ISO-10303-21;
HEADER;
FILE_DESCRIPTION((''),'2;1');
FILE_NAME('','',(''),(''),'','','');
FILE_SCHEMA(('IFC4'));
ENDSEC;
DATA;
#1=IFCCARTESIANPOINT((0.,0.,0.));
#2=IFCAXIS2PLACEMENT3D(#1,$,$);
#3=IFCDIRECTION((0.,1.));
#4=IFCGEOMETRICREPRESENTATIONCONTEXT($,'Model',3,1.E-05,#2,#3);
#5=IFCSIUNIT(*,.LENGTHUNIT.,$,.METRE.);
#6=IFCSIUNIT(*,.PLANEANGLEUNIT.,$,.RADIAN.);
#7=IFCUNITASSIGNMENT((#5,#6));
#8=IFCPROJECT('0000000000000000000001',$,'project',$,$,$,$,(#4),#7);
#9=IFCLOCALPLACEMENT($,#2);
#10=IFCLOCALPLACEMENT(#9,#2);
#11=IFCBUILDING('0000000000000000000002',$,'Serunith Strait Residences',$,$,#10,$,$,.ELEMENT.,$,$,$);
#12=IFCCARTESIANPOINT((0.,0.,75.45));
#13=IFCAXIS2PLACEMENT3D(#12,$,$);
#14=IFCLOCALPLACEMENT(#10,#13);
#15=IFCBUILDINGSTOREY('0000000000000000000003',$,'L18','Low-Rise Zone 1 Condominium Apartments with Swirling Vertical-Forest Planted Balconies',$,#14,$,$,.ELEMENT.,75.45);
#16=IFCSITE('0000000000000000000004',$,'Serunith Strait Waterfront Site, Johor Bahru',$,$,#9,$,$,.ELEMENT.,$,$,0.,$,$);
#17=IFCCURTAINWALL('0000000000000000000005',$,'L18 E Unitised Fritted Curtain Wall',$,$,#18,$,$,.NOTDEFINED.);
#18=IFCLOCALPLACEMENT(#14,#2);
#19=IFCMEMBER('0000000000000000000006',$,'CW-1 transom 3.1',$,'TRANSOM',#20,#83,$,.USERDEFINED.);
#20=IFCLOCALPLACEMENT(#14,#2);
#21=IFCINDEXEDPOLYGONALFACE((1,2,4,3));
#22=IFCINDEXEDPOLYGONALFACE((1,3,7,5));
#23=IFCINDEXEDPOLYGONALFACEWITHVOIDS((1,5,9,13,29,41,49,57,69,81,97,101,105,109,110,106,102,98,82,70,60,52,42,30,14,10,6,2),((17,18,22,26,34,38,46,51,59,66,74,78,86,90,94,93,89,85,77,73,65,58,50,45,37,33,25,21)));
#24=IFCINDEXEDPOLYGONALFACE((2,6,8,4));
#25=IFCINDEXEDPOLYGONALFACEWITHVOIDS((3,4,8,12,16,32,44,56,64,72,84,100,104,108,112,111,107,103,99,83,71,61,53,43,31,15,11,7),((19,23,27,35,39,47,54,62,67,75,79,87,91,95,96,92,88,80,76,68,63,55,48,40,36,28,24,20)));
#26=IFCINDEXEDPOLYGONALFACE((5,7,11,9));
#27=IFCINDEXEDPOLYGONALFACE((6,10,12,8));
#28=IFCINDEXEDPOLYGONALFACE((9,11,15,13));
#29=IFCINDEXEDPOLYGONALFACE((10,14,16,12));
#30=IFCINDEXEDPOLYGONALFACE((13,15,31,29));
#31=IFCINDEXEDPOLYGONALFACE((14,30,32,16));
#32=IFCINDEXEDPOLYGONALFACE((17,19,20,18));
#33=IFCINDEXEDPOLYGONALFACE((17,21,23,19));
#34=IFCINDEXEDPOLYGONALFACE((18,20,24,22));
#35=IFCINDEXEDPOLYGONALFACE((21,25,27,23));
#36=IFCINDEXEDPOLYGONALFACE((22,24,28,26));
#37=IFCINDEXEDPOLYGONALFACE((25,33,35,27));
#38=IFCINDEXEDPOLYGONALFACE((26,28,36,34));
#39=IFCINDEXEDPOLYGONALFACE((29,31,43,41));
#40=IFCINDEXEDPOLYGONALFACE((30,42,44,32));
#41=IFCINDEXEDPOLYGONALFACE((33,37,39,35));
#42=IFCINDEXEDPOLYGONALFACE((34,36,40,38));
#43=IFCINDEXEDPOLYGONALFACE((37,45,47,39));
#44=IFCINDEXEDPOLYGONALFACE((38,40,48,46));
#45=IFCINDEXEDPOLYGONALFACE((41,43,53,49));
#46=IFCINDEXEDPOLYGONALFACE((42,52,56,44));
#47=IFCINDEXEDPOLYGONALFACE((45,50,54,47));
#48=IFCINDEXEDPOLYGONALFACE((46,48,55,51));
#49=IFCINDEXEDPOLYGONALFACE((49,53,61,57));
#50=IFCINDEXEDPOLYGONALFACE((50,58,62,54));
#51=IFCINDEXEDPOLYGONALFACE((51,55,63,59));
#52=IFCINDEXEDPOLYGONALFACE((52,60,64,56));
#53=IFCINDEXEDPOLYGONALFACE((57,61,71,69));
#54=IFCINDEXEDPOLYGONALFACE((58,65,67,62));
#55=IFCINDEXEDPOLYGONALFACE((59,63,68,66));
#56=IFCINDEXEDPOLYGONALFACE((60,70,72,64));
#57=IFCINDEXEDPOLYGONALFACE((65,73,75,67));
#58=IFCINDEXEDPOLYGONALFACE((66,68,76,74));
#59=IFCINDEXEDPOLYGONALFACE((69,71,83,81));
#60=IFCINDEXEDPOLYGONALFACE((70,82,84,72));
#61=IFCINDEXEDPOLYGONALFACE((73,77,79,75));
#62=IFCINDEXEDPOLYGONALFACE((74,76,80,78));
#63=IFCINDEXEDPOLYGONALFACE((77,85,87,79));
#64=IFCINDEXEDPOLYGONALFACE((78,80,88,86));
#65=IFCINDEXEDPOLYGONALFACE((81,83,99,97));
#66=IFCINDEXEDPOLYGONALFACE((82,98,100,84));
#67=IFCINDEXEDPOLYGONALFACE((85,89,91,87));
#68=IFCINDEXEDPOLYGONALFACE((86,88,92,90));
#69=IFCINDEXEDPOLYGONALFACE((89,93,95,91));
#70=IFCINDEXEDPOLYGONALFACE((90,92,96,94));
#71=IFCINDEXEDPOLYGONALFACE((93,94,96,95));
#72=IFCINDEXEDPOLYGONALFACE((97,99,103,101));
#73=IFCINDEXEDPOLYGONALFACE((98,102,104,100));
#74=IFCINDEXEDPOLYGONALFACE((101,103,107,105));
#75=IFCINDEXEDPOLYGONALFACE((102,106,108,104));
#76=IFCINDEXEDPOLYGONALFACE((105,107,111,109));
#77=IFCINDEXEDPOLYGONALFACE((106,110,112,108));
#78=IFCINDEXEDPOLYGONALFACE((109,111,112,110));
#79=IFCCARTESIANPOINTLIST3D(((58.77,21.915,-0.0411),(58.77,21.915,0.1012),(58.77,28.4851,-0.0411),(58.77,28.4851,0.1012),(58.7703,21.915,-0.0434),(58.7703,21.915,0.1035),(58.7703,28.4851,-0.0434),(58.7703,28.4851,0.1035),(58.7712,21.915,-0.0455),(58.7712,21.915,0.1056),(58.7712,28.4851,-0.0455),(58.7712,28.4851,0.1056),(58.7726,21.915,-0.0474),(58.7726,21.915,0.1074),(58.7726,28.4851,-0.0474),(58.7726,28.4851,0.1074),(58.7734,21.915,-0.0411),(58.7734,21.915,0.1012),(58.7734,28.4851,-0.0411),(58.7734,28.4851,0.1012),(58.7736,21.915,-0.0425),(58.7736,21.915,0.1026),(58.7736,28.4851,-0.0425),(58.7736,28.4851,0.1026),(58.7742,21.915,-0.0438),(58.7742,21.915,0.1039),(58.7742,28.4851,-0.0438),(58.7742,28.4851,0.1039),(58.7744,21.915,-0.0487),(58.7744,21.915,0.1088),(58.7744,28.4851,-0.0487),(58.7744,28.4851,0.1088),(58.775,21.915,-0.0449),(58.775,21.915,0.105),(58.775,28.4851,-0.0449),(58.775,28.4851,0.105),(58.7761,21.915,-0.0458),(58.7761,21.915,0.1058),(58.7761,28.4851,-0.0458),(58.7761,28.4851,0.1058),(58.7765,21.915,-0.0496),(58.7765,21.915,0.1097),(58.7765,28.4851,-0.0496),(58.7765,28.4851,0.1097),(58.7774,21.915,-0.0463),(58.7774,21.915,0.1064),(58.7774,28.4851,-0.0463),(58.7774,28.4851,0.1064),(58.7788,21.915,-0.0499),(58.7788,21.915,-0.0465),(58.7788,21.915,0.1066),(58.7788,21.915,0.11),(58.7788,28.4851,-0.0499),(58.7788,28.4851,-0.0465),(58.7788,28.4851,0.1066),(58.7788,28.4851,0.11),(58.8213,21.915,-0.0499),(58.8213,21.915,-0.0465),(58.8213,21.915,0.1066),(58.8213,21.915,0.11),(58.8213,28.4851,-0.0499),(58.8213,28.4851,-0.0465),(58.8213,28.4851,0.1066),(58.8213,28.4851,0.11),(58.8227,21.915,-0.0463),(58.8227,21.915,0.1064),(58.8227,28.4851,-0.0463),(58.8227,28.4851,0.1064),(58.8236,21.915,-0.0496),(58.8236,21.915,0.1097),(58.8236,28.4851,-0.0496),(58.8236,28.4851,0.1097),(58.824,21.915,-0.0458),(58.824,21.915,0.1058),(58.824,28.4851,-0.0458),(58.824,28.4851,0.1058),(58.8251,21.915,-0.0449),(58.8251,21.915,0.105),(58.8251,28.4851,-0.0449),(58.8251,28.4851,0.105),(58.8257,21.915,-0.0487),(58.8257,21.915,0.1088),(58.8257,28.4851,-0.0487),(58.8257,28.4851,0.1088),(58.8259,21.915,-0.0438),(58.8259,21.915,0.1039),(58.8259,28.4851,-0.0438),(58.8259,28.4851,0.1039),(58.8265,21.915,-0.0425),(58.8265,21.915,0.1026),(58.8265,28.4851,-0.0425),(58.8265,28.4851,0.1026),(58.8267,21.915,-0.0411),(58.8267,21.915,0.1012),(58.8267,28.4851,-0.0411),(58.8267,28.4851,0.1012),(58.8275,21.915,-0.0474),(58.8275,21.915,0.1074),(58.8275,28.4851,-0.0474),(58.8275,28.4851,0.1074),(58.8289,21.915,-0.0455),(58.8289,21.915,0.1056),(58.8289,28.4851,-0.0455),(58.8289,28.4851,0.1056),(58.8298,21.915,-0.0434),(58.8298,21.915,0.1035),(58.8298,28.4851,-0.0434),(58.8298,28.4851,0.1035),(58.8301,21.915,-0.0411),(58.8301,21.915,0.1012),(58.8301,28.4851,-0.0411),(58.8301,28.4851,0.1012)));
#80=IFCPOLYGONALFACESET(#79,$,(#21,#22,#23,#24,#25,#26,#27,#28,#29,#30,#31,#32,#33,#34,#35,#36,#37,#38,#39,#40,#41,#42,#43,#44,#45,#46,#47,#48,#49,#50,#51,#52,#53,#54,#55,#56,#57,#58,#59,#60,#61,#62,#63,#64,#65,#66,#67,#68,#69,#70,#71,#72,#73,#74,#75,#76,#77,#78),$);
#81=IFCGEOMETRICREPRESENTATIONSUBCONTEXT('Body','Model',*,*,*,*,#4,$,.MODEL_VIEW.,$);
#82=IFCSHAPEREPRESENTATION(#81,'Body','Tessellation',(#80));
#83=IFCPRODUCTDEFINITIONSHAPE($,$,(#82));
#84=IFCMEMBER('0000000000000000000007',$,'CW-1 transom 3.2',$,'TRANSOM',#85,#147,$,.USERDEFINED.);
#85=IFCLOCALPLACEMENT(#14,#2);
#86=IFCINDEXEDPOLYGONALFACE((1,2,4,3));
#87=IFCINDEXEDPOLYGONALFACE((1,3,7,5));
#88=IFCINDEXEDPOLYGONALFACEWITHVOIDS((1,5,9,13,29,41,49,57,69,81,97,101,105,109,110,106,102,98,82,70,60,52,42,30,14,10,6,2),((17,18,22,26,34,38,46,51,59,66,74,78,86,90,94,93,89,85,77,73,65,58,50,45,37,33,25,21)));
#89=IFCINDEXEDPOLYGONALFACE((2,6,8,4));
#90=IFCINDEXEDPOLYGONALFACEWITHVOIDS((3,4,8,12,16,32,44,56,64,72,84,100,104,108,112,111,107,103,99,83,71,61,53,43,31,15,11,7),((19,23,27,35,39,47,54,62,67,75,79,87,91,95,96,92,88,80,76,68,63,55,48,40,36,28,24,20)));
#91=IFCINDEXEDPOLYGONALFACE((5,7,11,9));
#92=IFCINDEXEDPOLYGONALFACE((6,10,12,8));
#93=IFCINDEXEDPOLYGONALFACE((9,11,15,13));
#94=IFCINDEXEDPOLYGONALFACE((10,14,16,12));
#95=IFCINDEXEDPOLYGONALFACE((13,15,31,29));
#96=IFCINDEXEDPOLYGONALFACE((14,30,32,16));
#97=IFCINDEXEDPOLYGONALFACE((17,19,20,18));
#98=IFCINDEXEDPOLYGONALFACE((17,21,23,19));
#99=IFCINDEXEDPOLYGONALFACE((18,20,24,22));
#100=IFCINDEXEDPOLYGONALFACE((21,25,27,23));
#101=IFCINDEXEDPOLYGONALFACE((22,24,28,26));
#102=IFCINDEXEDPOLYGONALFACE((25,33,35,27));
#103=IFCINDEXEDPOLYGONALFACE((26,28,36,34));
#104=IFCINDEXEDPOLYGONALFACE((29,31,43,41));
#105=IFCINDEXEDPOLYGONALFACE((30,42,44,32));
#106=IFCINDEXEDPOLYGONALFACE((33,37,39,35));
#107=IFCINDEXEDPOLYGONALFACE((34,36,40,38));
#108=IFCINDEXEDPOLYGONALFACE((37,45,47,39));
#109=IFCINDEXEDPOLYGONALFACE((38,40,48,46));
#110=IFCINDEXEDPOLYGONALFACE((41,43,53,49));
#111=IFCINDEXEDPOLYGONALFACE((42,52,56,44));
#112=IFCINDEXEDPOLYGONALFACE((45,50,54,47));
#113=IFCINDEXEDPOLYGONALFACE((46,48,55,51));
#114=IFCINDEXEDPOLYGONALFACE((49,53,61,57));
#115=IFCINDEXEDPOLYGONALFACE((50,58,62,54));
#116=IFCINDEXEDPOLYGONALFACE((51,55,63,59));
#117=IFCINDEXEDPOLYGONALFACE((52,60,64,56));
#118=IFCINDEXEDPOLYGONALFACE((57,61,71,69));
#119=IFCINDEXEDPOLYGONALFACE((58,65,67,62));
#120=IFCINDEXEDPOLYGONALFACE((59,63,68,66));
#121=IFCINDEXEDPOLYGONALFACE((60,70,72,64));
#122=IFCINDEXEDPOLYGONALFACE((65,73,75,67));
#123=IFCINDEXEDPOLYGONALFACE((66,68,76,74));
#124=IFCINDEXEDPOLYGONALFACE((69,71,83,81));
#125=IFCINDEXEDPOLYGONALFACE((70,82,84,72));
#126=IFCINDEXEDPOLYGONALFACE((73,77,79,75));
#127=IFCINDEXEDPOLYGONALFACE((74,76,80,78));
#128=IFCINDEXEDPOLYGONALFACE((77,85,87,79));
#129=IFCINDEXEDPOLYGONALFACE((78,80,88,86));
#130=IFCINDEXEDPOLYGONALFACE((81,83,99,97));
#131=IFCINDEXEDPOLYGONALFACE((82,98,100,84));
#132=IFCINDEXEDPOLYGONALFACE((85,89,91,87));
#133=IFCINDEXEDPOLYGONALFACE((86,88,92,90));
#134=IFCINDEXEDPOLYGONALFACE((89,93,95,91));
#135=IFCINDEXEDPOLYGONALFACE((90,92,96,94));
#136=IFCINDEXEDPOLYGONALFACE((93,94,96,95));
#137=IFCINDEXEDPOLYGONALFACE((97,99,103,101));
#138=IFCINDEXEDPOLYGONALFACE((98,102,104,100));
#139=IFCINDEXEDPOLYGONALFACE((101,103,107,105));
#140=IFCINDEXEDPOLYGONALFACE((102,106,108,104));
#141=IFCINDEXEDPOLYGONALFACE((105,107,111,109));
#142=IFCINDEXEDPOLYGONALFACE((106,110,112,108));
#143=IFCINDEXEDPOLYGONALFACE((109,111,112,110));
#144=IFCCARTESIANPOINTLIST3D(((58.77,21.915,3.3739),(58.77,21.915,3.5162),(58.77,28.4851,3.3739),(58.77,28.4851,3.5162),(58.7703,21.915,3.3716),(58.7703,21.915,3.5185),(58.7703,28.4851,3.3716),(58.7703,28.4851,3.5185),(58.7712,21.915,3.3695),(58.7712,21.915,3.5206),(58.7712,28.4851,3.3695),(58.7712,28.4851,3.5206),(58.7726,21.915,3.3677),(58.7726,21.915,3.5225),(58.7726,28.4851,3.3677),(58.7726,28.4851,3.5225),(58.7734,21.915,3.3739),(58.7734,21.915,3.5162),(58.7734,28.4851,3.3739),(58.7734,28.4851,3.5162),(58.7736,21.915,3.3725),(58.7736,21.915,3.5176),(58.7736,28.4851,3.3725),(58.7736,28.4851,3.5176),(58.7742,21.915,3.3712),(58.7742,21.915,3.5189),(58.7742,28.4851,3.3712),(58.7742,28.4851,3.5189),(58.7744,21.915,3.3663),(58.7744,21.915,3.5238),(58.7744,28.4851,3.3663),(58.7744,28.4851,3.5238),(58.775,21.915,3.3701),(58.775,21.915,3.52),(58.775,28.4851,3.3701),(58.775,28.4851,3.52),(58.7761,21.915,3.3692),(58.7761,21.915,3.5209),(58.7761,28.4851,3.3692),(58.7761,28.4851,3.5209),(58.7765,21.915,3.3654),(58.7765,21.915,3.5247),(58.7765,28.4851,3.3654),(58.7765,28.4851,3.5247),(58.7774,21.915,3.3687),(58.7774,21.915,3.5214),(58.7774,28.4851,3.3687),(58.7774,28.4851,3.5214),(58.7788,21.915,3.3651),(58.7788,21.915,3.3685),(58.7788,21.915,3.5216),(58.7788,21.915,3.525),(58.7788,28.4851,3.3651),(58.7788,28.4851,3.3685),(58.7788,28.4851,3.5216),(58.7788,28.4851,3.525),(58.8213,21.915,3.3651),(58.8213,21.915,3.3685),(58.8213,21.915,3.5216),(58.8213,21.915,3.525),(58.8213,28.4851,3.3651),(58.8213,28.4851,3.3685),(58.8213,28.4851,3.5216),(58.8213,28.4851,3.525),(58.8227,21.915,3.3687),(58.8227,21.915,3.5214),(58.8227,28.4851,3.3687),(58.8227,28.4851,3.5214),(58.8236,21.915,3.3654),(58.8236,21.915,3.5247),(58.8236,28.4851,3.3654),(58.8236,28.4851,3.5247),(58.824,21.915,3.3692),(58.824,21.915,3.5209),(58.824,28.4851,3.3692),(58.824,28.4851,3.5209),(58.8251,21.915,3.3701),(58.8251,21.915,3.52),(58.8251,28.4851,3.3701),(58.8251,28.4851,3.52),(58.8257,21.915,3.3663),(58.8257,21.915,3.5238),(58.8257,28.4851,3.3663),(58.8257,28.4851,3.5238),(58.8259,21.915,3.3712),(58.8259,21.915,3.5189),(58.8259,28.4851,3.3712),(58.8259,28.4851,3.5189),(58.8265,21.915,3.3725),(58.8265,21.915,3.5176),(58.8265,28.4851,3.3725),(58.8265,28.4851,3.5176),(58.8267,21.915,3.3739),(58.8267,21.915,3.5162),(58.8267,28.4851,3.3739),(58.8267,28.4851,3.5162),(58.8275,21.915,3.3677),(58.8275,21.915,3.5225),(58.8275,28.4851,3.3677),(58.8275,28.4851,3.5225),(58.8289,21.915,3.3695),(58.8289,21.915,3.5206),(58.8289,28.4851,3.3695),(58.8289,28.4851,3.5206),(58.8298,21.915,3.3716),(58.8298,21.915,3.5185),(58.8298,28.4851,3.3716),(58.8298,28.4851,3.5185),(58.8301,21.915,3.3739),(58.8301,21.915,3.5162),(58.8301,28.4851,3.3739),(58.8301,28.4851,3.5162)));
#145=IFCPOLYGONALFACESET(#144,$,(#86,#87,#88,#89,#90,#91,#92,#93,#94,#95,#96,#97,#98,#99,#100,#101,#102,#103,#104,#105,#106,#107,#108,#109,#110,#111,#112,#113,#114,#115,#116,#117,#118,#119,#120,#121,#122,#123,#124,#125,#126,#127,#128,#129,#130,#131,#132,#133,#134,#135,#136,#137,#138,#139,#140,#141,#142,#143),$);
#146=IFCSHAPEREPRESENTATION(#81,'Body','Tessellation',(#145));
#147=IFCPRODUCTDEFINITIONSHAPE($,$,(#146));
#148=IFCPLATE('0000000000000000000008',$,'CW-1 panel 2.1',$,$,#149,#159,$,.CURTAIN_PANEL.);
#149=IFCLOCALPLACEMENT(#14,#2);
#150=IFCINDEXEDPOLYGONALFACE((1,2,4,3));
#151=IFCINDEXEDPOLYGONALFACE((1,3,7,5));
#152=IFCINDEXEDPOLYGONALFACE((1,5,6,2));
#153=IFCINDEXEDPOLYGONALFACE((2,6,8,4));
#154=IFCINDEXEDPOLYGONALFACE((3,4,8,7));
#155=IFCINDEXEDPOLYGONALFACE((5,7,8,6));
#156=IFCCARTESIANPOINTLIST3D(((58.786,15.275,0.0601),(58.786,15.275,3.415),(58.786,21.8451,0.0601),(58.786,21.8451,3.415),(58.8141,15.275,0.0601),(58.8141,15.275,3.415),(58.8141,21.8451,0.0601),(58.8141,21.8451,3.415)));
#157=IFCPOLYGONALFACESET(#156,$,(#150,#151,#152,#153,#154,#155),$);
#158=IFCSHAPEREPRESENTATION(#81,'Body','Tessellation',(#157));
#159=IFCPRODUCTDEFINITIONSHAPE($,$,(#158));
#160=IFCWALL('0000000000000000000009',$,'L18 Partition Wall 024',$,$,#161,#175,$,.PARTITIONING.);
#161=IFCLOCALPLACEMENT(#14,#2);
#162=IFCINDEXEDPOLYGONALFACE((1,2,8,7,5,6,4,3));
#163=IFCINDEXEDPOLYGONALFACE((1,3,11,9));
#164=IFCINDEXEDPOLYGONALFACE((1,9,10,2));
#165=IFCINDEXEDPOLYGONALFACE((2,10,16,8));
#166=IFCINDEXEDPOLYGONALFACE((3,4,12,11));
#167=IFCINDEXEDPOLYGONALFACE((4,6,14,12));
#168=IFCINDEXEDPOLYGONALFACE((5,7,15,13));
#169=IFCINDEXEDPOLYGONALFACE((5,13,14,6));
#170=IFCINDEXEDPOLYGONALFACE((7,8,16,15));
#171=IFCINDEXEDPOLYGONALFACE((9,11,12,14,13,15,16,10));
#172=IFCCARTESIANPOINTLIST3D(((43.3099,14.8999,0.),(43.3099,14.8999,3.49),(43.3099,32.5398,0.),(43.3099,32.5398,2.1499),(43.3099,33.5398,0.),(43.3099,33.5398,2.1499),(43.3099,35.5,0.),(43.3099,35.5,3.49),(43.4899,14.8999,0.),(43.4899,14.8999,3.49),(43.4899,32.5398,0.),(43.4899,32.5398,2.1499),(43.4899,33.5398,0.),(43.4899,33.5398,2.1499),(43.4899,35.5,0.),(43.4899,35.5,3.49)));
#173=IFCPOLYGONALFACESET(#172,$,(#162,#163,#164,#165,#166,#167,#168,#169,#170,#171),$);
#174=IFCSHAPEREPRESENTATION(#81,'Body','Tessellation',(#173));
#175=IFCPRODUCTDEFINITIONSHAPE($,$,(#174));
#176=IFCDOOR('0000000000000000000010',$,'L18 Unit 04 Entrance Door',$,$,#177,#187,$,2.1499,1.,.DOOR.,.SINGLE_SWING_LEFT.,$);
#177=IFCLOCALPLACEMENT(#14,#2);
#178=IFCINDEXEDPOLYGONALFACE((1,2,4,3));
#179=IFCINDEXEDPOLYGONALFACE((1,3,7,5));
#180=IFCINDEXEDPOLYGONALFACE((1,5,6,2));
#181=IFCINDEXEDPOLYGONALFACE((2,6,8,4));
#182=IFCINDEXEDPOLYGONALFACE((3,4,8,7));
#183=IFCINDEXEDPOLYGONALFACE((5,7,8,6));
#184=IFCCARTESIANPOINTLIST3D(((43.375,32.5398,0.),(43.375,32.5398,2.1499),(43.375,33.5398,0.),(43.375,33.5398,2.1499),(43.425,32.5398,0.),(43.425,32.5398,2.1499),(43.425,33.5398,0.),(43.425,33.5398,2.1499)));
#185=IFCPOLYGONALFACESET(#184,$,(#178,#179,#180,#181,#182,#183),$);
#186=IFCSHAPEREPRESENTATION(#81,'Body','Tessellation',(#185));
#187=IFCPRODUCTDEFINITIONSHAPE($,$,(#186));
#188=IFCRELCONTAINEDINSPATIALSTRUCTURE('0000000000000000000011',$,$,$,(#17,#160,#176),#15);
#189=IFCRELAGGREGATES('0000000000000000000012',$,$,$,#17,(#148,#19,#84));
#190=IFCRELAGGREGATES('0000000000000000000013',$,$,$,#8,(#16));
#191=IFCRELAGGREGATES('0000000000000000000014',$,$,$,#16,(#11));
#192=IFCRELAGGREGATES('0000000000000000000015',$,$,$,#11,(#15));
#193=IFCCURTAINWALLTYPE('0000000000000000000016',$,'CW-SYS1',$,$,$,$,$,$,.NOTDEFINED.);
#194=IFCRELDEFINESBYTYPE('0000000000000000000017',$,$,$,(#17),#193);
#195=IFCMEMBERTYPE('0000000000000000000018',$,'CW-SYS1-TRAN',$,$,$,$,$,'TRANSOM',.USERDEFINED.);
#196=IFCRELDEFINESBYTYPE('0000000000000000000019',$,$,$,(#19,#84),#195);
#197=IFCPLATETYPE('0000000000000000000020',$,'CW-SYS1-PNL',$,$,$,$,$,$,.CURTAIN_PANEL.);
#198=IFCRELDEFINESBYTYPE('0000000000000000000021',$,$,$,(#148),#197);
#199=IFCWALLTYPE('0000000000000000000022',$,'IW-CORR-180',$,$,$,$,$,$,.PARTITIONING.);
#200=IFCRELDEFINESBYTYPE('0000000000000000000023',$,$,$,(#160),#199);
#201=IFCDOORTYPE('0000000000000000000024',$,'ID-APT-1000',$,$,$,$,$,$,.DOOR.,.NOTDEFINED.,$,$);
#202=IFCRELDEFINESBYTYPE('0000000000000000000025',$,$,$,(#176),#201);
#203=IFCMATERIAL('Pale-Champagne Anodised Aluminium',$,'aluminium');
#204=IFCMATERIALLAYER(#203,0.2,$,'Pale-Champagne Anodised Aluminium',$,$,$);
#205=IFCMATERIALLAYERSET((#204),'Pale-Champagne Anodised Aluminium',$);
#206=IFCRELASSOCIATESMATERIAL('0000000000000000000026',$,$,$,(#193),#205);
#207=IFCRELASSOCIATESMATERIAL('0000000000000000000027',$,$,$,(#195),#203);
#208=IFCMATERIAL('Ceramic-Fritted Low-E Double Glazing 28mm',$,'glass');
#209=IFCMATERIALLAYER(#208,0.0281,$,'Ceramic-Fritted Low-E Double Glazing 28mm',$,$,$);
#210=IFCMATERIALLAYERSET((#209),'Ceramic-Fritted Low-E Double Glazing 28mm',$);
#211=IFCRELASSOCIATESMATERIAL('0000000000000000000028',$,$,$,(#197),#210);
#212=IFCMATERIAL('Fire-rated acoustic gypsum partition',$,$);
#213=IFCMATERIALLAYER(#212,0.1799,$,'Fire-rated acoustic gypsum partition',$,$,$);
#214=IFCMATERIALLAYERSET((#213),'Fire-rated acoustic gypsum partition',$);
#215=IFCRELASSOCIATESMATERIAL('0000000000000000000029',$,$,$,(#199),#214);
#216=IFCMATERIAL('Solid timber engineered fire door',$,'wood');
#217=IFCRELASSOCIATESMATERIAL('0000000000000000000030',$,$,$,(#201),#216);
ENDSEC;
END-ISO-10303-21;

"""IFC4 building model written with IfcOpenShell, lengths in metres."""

from ifc_helpers import new_model, si_unit, direction, frame, frame_2d, origin, origin_2d, place, context, subcontext, project, spatial, rectangle, hollow_rectangle, extrude, source, transform, mapped, material, layer, layer_set, material_profile, profile_set, type_object, element, fill, aggregate, save


model = new_model("IFC4")

# Units and contexts
model_context = context("Model", 3, precision=1e-05, world=origin(), true_north=direction((0.0, 1.0)))
body_context = subcontext(model_context, "Body", "Model", "MODEL_VIEW")
ifc_project = project(units=[si_unit("LENGTHUNIT", "METRE"), si_unit("PLANEANGLEUNIT", "RADIAN")], contexts=[model_context])

# Site, building, storey
site_placement = place(None, origin())
site = spatial("IfcSite", under=ifc_project, at=site_placement, Name="Serunith Strait Waterfront Site, Johor Bahru", CompositionType="ELEMENT", RefElevation=0.0)
building_placement = place(site_placement, origin())
building = spatial("IfcBuilding", under=site, at=building_placement, Name="Serunith Strait Residences", CompositionType="ELEMENT")
storey_placement = place(building_placement, frame((0.0, 0.0, 75.45)))
storey = spatial("IfcBuildingStorey", under=building, at=storey_placement, Name="L18", Description="Low-Rise Zone 1 Condominium Apartments with Swirling Vertical-Forest Planted Balconies", CompositionType="ELEMENT", Elevation=75.45)

# Curtain wall, members, plate
ifc_material_1 = material(Name="Pale-Champagne Anodised Aluminium", Category="aluminium")
ifc_layer_1 = layer(ifc_material_1, 0.2, Name="Pale-Champagne Anodised Aluminium")
ifc_layer_set_1 = layer_set([ifc_layer_1], Name="Pale-Champagne Anodised Aluminium")
curtain_wall_type = type_object("IfcCurtainWallType", Name="CW-SYS1", PredefinedType="NOTDEFINED", material=ifc_layer_set_1)
curtain_wall_placement = place(storey_placement, origin())
curtain_wall = element("IfcCurtainWall", 1, at=curtain_wall_placement, inside=storey, type_object=curtain_wall_type, Name="L18 E Unitised Fritted Curtain Wall", PredefinedType="NOTDEFINED")
ifc_material_profile_1 = material_profile(ifc_material_1, hollow_rectangle(XDim=0.0601, YDim=0.1599, WallThickness=0.0034, InnerFilletRadius=0.0054, OuterFilletRadius=0.0088, at=origin_2d()), Name="ALU 160x60x3.5")
ifc_profile_set_1 = profile_set([ifc_material_profile_1], Name="Pale-Champagne Anodised Aluminium")
member_type_1 = type_object("IfcMemberType", Name="CW-SYS1-TRAN", ElementType="TRANSOM", PredefinedType="USERDEFINED", material=ifc_profile_set_1)
shared_shape_1 = source(origin(), body_context, "Body", "SweptSolid", [
    extrude(hollow_rectangle(XDim=0.0601, YDim=0.1599, WallThickness=0.0034, InnerFilletRadius=0.0054, OuterFilletRadius=0.0088, at=origin_2d()), origin(), (0.0, 0.0, 1.0), 6.5701),
])
member_1_placement = place(storey_placement, frame((58.8, 21.915, 0.03), z_axis=(0.0, 1.0, 0.0), x_axis=(-1.0, 0.0, 0.0)))
member_1 = element("IfcMember", 2, at=member_1_placement, type_object=member_type_1, Name="CW-1 transom 3.1", ObjectType="TRANSOM", PredefinedType="USERDEFINED", context=body_context, shape_type="MappedRepresentation", body=[
    mapped(shared_shape_1, transform((0.0, 0.0, 0.0), scale=1.0)),
])
member_2_placement = place(storey_placement, frame((58.8, 21.915, 3.4451), z_axis=(0.0, 1.0, 0.0), x_axis=(-1.0, 0.0, 0.0)))
member_2 = element("IfcMember", 3, at=member_2_placement, type_object=member_type_1, Name="CW-1 transom 3.2", ObjectType="TRANSOM", PredefinedType="USERDEFINED", context=body_context, shape_type="MappedRepresentation", body=[
    mapped(shared_shape_1, transform((0.0, 0.0, 0.0), scale=1.0)),
])
ifc_material_2 = material(Name="Ceramic-Fritted Low-E Double Glazing 28mm", Category="glass")
ifc_layer_2 = layer(ifc_material_2, 0.0281, Name="Ceramic-Fritted Low-E Double Glazing 28mm")
ifc_layer_set_2 = layer_set([ifc_layer_2], Name="Ceramic-Fritted Low-E Double Glazing 28mm")
plate_type = type_object("IfcPlateType", Name="CW-SYS1-PNL", PredefinedType="CURTAIN_PANEL", material=ifc_layer_set_2)
shared_shape_2 = source(origin(), body_context, "Body", "SweptSolid", [
    extrude(rectangle(XDim=6.5701, YDim=0.0281, at=origin_2d()), origin(), (0.0, 0.0, 1.0), 3.355),
])
plate_placement = place(storey_placement, frame((58.8, 18.5601, 0.0601), z_axis=(0.0, 0.0, 1.0), x_axis=(0.0, 1.0, 0.0)))
plate = element("IfcPlate", 4, at=plate_placement, type_object=plate_type, Name="CW-1 panel 2.1", PredefinedType="CURTAIN_PANEL", context=body_context, shape_type="MappedRepresentation", body=[
    mapped(shared_shape_2, transform((0.0, 0.0, 0.0), scale=1.0)),
])
aggregate(curtain_wall, [plate, member_1, member_2])

# Wall, opening, door
ifc_material_3 = material(Name="Fire-rated acoustic gypsum partition")
ifc_layer_3 = layer(ifc_material_3, 0.1799, Name="Fire-rated acoustic gypsum partition")
ifc_layer_set_3 = layer_set([ifc_layer_3], Name="Fire-rated acoustic gypsum partition")
wall_type_1 = type_object("IfcWallType", Name="IW-CORR-180", PredefinedType="PARTITIONING", material=ifc_layer_set_3)
wall_1_placement = place(storey_placement, frame((43.3999, 14.8999, 0.0), z_axis=(0.0, 0.0, 1.0), x_axis=(0.0, 1.0, 0.0)))
wall_1 = element("IfcWall", 5, at=wall_1_placement, inside=storey, type_object=wall_type_1, Name="L18 Partition Wall 024", PredefinedType="PARTITIONING", context=body_context, shape_type="SweptSolid", body=[
    extrude(rectangle(XDim=20.6001, YDim=0.1799, at=frame_2d((10.3, 0.0))), origin(), (0.0, 0.0, 1.0), 3.49),
])
opening_1_placement = place(wall_1_placement, frame((17.6399, 0.0, 0.0)))
opening_1 = element("IfcOpeningElement", 6, at=opening_1_placement, cuts=wall_1, PredefinedType="OPENING", context=body_context, shape_type="SweptSolid", body=[
    extrude(rectangle(XDim=1.0, YDim=2.1499, at=frame_2d((0.5, 1.075))), frame((0.0, 0.1001, 0.0), z_axis=(0.0, -1.0, 0.0), x_axis=(1.0, 0.0, 0.0)), (0.0, 0.0, 1.0), 0.2),
])
ifc_material_4 = material(Name="Solid timber engineered fire door", Category="wood")
door_type_1 = type_object("IfcDoorType", Name="ID-APT-1000", OperationType="NOTDEFINED", PredefinedType="DOOR", material=ifc_material_4)
shared_shape_3 = source(origin(), body_context, "Body", "SweptSolid", [
    extrude(rectangle(XDim=1.0, YDim=2.1499, at=frame_2d((0.5, 1.075))), frame((0.0, 0.0249, 0.0), z_axis=(0.0, -1.0, 0.0), x_axis=(1.0, 0.0, 0.0)), (0.0, 0.0, 1.0), 0.05),
])
door_1_placement = place(opening_1_placement, origin())
door_1 = element("IfcDoor", 7, at=door_1_placement, inside=storey, type_object=door_type_1, Name="L18 Unit 04 Entrance Door", OperationType="SINGLE_SWING_LEFT", OverallHeight=2.1499, OverallWidth=1.0, PredefinedType="DOOR", context=body_context, shape_type="MappedRepresentation", body=[
    mapped(shared_shape_3, transform((0.0, 0.0, 0.0), scale=1.0)),
])
fill(opening_1, door_1)

save(model, "model.ifc")
